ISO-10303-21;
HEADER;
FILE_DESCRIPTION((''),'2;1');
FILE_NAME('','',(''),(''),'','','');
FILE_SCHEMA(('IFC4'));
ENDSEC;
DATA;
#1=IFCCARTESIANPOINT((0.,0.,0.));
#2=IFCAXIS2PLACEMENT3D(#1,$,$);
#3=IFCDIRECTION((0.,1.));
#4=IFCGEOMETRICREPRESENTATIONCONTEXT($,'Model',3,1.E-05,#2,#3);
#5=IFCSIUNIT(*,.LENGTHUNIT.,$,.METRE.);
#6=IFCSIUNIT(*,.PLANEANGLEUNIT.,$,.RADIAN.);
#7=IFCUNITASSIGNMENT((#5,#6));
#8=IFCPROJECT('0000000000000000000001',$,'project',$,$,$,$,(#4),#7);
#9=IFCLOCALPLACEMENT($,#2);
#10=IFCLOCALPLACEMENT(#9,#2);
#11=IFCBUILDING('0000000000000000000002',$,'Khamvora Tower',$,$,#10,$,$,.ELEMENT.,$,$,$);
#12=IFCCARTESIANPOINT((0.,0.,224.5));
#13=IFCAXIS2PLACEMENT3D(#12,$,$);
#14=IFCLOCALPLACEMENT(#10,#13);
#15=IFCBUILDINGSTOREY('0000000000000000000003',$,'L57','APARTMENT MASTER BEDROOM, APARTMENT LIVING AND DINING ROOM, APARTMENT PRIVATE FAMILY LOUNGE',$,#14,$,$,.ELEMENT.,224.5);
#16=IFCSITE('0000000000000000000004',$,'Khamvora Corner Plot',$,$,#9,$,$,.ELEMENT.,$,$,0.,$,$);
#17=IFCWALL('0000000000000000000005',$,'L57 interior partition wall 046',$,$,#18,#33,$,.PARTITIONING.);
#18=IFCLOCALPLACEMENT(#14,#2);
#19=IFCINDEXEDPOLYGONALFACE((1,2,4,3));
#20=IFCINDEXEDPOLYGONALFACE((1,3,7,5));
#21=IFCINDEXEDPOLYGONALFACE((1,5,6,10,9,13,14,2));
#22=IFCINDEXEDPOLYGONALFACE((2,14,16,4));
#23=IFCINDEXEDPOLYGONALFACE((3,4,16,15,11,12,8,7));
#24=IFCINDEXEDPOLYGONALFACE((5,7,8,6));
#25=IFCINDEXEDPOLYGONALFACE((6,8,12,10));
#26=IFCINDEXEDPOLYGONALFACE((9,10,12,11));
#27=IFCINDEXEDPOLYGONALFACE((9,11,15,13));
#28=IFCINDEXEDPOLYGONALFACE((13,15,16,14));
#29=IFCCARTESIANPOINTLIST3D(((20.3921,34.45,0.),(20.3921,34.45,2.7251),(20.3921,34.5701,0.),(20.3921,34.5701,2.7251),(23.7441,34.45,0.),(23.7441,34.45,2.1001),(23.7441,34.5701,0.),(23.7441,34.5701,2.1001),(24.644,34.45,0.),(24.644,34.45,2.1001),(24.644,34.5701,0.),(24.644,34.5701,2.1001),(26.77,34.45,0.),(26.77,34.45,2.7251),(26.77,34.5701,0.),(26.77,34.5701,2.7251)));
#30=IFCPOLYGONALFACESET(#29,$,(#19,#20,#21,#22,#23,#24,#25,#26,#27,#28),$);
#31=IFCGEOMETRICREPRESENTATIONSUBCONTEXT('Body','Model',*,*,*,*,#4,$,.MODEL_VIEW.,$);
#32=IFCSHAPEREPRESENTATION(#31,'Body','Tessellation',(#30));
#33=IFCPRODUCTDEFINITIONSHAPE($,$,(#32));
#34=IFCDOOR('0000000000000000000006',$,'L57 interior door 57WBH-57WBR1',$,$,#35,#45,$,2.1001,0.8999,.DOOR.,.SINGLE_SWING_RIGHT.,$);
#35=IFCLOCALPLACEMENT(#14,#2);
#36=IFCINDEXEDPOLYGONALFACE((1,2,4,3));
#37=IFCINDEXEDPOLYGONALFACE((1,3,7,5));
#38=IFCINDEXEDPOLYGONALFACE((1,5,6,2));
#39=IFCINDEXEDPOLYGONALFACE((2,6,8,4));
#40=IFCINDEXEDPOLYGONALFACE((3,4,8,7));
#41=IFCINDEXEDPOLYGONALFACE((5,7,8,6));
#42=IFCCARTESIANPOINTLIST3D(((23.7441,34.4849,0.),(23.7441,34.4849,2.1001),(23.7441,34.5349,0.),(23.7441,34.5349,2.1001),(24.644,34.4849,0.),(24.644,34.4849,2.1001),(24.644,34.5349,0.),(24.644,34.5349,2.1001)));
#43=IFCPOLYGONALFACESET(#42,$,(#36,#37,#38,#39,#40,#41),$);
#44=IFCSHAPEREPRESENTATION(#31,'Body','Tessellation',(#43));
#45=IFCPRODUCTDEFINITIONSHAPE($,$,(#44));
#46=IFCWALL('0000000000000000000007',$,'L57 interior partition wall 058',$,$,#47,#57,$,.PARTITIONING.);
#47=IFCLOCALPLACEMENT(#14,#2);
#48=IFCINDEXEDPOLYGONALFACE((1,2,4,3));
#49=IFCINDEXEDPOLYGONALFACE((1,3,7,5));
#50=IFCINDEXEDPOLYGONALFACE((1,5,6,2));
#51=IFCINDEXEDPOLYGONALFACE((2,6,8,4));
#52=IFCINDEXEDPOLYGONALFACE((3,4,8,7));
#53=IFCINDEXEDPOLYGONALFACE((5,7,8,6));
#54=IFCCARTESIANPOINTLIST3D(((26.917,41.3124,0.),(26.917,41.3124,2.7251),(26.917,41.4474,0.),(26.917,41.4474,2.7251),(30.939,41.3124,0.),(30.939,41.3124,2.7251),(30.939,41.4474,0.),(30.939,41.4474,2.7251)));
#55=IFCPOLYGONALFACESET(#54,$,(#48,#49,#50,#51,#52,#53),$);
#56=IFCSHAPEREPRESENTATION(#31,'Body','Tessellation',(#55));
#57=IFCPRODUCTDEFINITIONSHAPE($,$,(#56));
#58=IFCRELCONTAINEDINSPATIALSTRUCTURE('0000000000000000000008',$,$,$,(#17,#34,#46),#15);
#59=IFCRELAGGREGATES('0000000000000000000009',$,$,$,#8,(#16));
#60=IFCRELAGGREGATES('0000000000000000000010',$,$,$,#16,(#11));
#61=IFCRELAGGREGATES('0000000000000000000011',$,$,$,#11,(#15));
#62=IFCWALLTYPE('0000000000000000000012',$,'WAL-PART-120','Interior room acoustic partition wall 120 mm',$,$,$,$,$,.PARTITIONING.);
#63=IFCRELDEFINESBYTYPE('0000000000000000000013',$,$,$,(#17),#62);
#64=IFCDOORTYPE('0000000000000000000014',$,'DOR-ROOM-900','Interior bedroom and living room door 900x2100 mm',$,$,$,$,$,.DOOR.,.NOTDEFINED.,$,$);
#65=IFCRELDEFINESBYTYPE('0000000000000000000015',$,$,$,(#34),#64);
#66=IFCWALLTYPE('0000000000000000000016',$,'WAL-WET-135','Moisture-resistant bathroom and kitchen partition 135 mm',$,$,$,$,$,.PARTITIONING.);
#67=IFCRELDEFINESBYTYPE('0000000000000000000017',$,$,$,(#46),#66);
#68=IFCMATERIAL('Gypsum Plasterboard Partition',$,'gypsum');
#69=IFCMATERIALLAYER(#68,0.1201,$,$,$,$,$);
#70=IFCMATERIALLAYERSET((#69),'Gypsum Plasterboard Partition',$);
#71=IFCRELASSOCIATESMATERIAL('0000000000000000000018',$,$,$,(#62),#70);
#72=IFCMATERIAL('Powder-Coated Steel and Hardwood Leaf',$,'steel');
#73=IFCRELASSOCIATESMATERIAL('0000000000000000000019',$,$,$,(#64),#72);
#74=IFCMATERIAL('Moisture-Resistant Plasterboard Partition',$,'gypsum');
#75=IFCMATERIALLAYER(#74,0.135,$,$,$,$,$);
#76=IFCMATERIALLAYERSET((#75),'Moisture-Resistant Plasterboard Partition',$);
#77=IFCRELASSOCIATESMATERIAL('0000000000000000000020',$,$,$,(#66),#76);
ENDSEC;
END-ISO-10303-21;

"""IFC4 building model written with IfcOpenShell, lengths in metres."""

from ifc_helpers import new_model, si_unit, direction, frame, frame_2d, origin, place, context, subcontext, project, spatial, rectangle, extrude, material, layer, layer_set, type_object, element, fill, save


model = new_model("IFC4")

# Units and contexts
model_context = context("Model", 3, precision=1e-05, world=origin(), true_north=direction((0.0, 1.0)))
body_context = subcontext(model_context, "Body", "Model", "MODEL_VIEW")
ifc_project = project(units=[si_unit("LENGTHUNIT", "METRE"), si_unit("PLANEANGLEUNIT", "RADIAN")], contexts=[model_context])

# Site, building, storey
site_placement = place(None, origin())
site = spatial("IfcSite", under=ifc_project, at=site_placement, Name="Khamvora Corner Plot", CompositionType="ELEMENT", RefElevation=0.0)
building_placement = place(site_placement, origin())
building = spatial("IfcBuilding", under=site, at=building_placement, Name="Khamvora Tower", CompositionType="ELEMENT")
storey_placement = place(building_placement, frame((0.0, 0.0, 224.5)))
storey = spatial("IfcBuildingStorey", under=building, at=storey_placement, Name="L57", Description="APARTMENT MASTER BEDROOM, APARTMENT LIVING AND DINING ROOM, APARTMENT PRIVATE FAMILY LOUNGE", CompositionType="ELEMENT", Elevation=224.5)

# Shared definitions
ifc_material_1 = material(Name="Gypsum Plasterboard Partition", Category="gypsum")
ifc_layer_1 = layer(ifc_material_1, 0.1201)
ifc_layer_set_1 = layer_set([ifc_layer_1], Name="Gypsum Plasterboard Partition")
wall_type_1 = type_object("IfcWallType", Name="WAL-PART-120", Description="Interior room acoustic partition wall 120 mm", PredefinedType="PARTITIONING", material=ifc_layer_set_1)

# Wall, opening, door
wall_1_placement = place(storey_placement, frame((20.3921, 34.51, 0.0), z_axis=(0.0, 0.0, 1.0), x_axis=(1.0, 0.0, 0.0)))
wall_1 = element("IfcWall", 1, at=wall_1_placement, inside=storey, type_object=wall_type_1, Name="L57 interior partition wall 046", PredefinedType="PARTITIONING", context=body_context, shape_type="SweptSolid", body=[
    extrude(rectangle(XDim=6.3779, YDim=0.1201, at=frame_2d((3.189, 0.0))), origin(), (0.0, 0.0, 1.0), 2.7251),
])
opening_1_placement = place(wall_1_placement, frame((3.3521, 0.0, 0.0)))
opening_1 = element("IfcOpeningElement", 2, at=opening_1_placement, cuts=wall_1, PredefinedType="OPENING", context=body_context, shape_type="SweptSolid", body=[
    extrude(rectangle(XDim=0.8999, YDim=2.1001, at=frame_2d((0.45, 1.05))), frame((0.0, 0.0701, 0.0), z_axis=(0.0, -1.0, 0.0), x_axis=(1.0, 0.0, 0.0)), (0.0, 0.0, 1.0), 0.1401),
])
ifc_material_2 = material(Name="Powder-Coated Steel and Hardwood Leaf", Category="steel")
door_type = type_object("IfcDoorType", Name="DOR-ROOM-900", Description="Interior bedroom and living room door 900x2100 mm", OperationType="NOTDEFINED", PredefinedType="DOOR", material=ifc_material_2)
door_placement = place(opening_1_placement, origin())
door = element("IfcDoor", 3, at=door_placement, inside=storey, type_object=door_type, Name="L57 interior door 57WBH-57WBR1", OperationType="SINGLE_SWING_RIGHT", OverallHeight=2.1001, OverallWidth=0.8999, PredefinedType="DOOR", context=body_context, shape_type="SweptSolid", body=[
    extrude(rectangle(XDim=0.8999, YDim=2.1001, at=frame_2d((0.45, 1.05))), frame((0.0, 0.0249, 0.0), z_axis=(0.0, -1.0, 0.0), x_axis=(1.0, 0.0, 0.0)), (0.0, 0.0, 1.0), 0.05),
])
fill(opening_1, door)

# Wall
ifc_material_3 = material(Name="Moisture-Resistant Plasterboard Partition", Category="gypsum")
ifc_layer_2 = layer(ifc_material_3, 0.135)
ifc_layer_set_2 = layer_set([ifc_layer_2], Name="Moisture-Resistant Plasterboard Partition")
wall_type_2 = type_object("IfcWallType", Name="WAL-WET-135", Description="Moisture-resistant bathroom and kitchen partition 135 mm", PredefinedType="PARTITIONING", material=ifc_layer_set_2)
wall_2_placement = place(storey_placement, frame((26.917, 41.3799, 0.0), z_axis=(0.0, 0.0, 1.0), x_axis=(1.0, 0.0, 0.0)))
element("IfcWall", 4, at=wall_2_placement, inside=storey, type_object=wall_type_2, Name="L57 interior partition wall 058", PredefinedType="PARTITIONING", context=body_context, shape_type="SweptSolid", body=[
    extrude(rectangle(XDim=4.022, YDim=0.135, at=frame_2d((2.011, 0.0))), origin(), (0.0, 0.0, 1.0), 2.7251),
])

save(model, "model.ifc")
